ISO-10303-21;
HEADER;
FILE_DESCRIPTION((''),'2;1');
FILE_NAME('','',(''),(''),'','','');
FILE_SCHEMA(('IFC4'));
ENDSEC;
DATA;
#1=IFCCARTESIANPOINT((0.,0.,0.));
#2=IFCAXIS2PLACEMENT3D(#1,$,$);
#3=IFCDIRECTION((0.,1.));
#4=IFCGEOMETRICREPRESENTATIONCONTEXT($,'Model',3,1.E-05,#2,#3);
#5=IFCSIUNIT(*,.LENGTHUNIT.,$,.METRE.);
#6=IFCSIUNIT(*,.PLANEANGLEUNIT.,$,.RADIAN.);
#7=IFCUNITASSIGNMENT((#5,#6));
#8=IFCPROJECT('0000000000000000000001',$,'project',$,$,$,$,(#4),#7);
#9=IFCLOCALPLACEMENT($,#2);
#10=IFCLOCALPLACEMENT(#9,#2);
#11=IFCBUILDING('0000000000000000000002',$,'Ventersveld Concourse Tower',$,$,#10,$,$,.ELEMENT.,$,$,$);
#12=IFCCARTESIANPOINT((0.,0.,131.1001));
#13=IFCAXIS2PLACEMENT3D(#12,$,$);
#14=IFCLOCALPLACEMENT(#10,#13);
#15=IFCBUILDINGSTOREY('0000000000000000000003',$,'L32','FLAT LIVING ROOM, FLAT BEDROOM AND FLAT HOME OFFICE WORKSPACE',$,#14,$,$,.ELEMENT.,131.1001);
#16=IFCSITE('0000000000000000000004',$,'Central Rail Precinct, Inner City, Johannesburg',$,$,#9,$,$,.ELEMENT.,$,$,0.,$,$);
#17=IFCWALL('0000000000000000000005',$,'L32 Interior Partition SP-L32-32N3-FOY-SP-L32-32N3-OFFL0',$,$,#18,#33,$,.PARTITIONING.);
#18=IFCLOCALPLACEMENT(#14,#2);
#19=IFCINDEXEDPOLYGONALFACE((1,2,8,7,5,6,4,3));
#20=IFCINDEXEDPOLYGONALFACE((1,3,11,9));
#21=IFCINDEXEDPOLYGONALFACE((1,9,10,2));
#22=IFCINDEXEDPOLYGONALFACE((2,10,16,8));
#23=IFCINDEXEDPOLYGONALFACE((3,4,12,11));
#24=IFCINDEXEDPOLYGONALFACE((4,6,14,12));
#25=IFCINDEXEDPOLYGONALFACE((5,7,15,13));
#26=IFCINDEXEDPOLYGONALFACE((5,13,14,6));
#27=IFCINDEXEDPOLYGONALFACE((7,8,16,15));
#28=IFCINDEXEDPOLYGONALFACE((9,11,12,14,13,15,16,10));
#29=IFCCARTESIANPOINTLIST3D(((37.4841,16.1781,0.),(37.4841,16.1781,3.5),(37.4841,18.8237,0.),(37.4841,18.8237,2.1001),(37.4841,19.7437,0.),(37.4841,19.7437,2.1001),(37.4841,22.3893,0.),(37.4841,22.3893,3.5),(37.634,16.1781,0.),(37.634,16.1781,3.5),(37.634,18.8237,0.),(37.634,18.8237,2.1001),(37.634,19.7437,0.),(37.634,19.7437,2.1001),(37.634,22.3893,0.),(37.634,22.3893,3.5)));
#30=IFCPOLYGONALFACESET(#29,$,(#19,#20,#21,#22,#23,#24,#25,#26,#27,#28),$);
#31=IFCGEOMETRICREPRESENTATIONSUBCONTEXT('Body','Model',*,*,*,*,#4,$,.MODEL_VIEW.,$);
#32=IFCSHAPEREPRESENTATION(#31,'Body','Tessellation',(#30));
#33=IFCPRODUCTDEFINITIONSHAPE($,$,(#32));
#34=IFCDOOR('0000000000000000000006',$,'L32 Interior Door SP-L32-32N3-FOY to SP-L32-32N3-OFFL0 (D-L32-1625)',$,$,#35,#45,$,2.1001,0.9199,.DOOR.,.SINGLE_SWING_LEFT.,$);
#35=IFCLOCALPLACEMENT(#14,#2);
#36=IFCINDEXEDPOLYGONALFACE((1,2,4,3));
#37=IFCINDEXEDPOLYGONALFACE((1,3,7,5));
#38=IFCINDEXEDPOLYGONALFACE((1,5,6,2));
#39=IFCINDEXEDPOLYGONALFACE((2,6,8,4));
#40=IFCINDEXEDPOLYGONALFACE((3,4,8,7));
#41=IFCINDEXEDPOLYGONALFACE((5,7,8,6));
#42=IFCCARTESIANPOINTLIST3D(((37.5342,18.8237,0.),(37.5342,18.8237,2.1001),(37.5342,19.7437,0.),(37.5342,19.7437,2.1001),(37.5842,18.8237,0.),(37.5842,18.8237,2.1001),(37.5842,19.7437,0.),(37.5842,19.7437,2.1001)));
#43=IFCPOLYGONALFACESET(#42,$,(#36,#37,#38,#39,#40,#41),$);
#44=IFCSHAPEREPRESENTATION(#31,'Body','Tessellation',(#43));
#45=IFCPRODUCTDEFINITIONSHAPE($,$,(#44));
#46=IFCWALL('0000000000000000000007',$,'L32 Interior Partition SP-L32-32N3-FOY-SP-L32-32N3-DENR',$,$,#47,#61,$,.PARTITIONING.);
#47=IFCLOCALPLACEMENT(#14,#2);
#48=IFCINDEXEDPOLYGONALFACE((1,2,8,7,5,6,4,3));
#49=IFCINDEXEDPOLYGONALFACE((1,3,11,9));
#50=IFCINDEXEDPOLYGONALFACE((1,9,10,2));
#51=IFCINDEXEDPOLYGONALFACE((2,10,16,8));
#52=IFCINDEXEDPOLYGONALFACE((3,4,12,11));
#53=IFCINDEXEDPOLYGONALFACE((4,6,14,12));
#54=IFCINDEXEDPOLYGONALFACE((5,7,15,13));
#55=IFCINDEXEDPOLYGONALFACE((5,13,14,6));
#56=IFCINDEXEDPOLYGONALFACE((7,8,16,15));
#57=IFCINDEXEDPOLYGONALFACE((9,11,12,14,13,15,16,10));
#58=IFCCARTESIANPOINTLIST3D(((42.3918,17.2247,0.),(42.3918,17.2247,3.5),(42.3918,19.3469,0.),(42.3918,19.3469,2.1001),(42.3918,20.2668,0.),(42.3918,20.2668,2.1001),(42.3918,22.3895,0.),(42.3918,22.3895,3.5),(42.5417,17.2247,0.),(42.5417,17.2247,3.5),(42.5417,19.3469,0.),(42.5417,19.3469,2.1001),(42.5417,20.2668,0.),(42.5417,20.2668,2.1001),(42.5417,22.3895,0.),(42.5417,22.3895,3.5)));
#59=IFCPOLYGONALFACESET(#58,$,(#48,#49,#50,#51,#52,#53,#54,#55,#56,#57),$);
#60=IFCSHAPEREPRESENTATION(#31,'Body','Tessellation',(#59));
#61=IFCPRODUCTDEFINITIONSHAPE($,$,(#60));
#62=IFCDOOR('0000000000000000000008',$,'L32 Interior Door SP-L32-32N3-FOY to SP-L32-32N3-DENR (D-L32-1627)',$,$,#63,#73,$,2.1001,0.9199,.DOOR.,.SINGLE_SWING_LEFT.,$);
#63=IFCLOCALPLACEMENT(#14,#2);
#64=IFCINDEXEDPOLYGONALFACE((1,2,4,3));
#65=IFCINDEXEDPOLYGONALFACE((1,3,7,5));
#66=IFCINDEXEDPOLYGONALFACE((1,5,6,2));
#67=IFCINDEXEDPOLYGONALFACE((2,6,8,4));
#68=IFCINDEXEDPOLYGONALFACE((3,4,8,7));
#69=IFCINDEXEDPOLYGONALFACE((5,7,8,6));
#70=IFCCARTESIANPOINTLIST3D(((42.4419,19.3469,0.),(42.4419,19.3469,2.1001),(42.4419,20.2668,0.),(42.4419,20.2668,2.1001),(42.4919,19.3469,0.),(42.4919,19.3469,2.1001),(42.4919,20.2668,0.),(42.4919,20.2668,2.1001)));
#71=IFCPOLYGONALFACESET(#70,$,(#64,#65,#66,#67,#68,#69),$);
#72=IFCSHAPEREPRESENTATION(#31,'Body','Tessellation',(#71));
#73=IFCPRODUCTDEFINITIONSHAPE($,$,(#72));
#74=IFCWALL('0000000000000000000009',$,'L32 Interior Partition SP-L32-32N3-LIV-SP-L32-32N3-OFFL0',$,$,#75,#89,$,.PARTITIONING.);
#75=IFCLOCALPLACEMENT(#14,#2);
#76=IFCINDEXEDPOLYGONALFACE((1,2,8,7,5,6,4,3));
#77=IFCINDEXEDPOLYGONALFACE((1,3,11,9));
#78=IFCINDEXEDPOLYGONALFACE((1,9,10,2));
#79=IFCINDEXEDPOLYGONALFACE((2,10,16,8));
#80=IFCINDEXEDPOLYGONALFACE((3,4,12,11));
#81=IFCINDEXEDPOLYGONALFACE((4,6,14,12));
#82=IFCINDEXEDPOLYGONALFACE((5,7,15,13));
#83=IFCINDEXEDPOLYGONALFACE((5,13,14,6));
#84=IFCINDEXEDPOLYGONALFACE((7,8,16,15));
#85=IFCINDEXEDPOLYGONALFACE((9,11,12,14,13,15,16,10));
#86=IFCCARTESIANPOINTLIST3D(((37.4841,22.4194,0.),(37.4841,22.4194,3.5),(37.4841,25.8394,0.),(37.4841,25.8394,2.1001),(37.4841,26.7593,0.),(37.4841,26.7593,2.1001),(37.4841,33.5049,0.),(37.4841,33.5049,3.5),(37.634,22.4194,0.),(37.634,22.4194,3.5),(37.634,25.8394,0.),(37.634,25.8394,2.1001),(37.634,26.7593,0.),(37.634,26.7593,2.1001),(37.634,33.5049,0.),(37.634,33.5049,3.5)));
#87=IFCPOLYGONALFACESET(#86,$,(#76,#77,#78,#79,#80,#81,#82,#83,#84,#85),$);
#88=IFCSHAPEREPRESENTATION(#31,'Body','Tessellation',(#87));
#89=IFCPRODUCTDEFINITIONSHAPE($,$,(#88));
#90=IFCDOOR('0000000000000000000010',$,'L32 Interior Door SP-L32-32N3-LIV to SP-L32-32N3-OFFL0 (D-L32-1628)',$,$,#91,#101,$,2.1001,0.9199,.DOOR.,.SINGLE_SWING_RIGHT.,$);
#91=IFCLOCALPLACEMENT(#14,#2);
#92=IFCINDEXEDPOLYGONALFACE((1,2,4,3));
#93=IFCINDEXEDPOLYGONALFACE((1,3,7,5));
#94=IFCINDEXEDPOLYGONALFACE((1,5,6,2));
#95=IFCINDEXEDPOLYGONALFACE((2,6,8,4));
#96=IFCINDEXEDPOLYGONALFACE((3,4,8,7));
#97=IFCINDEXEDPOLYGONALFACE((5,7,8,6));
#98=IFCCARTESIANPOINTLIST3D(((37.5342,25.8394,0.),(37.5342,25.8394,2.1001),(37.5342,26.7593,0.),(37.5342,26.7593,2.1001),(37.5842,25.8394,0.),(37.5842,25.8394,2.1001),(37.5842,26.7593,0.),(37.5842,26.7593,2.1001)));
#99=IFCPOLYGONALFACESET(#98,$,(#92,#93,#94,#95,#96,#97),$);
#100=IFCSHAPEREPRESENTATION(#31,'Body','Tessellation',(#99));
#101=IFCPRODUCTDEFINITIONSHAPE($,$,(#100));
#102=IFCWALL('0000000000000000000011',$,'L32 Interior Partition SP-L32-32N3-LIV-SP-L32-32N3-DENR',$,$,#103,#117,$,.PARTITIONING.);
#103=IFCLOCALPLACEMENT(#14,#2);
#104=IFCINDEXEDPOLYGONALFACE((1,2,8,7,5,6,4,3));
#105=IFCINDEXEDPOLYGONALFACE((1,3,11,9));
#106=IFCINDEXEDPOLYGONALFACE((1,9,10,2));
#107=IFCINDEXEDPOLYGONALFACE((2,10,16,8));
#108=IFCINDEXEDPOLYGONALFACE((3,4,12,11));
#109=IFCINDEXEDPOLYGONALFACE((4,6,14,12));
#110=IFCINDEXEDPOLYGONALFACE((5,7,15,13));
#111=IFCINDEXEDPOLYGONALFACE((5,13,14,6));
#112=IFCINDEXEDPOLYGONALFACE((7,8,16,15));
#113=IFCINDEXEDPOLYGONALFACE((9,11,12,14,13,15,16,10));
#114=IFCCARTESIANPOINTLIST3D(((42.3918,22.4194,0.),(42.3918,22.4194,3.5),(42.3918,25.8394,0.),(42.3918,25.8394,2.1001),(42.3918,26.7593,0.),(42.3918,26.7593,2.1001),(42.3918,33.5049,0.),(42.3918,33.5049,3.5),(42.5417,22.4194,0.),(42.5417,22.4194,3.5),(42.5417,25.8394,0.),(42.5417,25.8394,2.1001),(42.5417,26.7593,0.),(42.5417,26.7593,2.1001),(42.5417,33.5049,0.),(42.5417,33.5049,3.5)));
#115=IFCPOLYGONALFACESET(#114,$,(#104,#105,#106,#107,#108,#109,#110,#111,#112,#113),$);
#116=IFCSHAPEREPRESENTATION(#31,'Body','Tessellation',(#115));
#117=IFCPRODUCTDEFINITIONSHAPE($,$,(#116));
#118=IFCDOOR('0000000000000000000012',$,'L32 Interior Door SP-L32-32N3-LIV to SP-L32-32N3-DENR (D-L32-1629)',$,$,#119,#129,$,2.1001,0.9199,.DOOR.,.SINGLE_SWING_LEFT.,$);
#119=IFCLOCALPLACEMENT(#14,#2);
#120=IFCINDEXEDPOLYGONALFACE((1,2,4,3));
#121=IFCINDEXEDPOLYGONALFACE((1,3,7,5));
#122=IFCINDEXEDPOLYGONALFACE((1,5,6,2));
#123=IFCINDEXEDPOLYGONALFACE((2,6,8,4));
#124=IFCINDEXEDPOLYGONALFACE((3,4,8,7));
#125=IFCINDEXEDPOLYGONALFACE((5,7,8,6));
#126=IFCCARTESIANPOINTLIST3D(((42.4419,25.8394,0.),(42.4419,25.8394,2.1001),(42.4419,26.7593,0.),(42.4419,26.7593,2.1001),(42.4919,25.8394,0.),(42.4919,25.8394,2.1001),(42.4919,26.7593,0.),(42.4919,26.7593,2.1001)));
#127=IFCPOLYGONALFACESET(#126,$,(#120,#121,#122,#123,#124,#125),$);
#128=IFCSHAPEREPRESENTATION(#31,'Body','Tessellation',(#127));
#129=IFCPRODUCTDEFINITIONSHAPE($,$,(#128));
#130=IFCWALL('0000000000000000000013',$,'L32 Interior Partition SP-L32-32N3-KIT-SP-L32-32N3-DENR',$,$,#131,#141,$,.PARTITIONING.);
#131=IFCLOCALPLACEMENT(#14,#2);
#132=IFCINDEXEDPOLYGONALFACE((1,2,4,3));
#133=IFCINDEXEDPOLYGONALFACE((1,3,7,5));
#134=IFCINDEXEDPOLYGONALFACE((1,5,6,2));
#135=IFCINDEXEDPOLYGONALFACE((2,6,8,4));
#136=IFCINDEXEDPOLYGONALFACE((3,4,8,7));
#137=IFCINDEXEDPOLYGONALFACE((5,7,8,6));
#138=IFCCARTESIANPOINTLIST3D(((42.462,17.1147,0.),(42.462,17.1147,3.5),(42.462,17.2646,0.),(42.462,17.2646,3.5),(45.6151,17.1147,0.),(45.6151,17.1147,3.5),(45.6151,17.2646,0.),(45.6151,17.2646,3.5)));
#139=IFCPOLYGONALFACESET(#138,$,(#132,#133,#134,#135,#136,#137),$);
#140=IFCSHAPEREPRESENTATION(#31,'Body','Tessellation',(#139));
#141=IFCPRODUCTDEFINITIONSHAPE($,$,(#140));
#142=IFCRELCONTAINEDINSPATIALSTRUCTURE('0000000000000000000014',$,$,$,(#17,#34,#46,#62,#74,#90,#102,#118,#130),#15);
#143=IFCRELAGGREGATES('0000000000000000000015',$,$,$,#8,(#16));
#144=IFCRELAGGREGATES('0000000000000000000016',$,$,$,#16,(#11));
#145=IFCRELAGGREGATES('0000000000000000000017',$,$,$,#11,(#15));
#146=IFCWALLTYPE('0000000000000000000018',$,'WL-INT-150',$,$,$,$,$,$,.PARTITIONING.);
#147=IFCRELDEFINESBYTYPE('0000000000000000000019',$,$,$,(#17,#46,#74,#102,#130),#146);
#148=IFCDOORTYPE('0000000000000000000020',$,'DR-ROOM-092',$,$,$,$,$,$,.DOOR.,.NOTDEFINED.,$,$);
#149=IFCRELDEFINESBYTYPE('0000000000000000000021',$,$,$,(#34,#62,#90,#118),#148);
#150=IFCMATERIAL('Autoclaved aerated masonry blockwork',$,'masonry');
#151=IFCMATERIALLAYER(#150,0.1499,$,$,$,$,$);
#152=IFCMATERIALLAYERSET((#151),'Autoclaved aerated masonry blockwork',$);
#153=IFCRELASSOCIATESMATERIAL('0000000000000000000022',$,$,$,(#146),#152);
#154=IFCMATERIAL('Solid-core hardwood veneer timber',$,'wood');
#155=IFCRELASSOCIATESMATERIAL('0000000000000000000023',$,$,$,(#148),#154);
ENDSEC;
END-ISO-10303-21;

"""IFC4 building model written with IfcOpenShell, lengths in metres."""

from ifc_helpers import new_model, si_unit, direction, frame, frame_2d, origin, place, context, subcontext, project, spatial, rectangle, extrude, material, layer, layer_set, type_object, element, fill, save


model = new_model("IFC4")

# Units and contexts
model_context = context("Model", 3, precision=1e-05, world=origin(), true_north=direction((0.0, 1.0)))
body_context = subcontext(model_context, "Body", "Model", "MODEL_VIEW")
ifc_project = project(units=[si_unit("LENGTHUNIT", "METRE"), si_unit("PLANEANGLEUNIT", "RADIAN")], contexts=[model_context])

# Site, building, storey
site_placement = place(None, origin())
site = spatial("IfcSite", under=ifc_project, at=site_placement, Name="Central Rail Precinct, Inner City, Johannesburg", CompositionType="ELEMENT", RefElevation=0.0)
building_placement = place(site_placement, origin())
building = spatial("IfcBuilding", under=site, at=building_placement, Name="Ventersveld Concourse Tower", CompositionType="ELEMENT")
storey_placement = place(building_placement, frame((0.0, 0.0, 131.1001)))
storey = spatial("IfcBuildingStorey", under=building, at=storey_placement, Name="L32", Description="FLAT LIVING ROOM, FLAT BEDROOM AND FLAT HOME OFFICE WORKSPACE", CompositionType="ELEMENT", Elevation=131.1001)

# Shared definitions
ifc_material_1 = material(Name="Solid-core hardwood veneer timber", Category="wood")

# Walls, openings, doors
ifc_material_2 = material(Name="Autoclaved aerated masonry blockwork", Category="masonry")
ifc_layer_1 = layer(ifc_material_2, 0.1499)
ifc_layer_set_1 = layer_set([ifc_layer_1], Name="Autoclaved aerated masonry blockwork")
wall_type_1 = type_object("IfcWallType", Name="WL-INT-150", PredefinedType="PARTITIONING", material=ifc_layer_set_1)
door_type_1 = type_object("IfcDoorType", Name="DR-ROOM-092", OperationType="NOTDEFINED", PredefinedType="DOOR", material=ifc_material_1)
wall_1_placement = place(storey_placement, frame((37.5591, 16.1782, 0.0), z_axis=(0.0, 0.0, 1.0), x_axis=(0.0, 1.0, 0.0)))
wall_1 = element("IfcWall", 1, at=wall_1_placement, inside=storey, type_object=wall_type_1, Name="L32 Interior Partition SP-L32-32N3-FOY-SP-L32-32N3-OFFL0", PredefinedType="PARTITIONING", context=body_context, shape_type="SweptSolid", body=[
    extrude(rectangle(XDim=6.2112, YDim=0.1499, at=frame_2d((3.1055, 0.0))), origin(), (0.0, 0.0, 1.0), 3.5),
])
opening_1_placement = place(wall_1_placement, frame((2.6455, 0.0, 0.0)))
opening_1 = element("IfcOpeningElement", 2, at=opening_1_placement, cuts=wall_1, PredefinedType="OPENING", context=body_context, shape_type="SweptSolid", body=[
    extrude(rectangle(XDim=0.9199, YDim=2.1001, at=frame_2d((0.46, 1.05))), frame((0.0, 0.085, 0.0), z_axis=(0.0, -1.0, 0.0), x_axis=(1.0, 0.0, 0.0)), (0.0, 0.0, 1.0), 0.1699),
])
door_1_placement = place(opening_1_placement, origin())
door_1 = element("IfcDoor", 3, at=door_1_placement, inside=storey, type_object=door_type_1, Name="L32 Interior Door SP-L32-32N3-FOY to SP-L32-32N3-OFFL0 (D-L32-1625)", OperationType="SINGLE_SWING_LEFT", OverallHeight=2.1001, OverallWidth=0.9199, PredefinedType="DOOR", context=body_context, shape_type="SweptSolid", body=[
    extrude(rectangle(XDim=0.9199, YDim=2.1001, at=frame_2d((0.46, 1.05))), frame((0.0, 0.0249, 0.0), z_axis=(0.0, -1.0, 0.0), x_axis=(1.0, 0.0, 0.0)), (0.0, 0.0, 1.0), 0.05),
])
fill(opening_1, door_1)
wall_2_placement = place(storey_placement, frame((42.4668, 17.2246, 0.0), z_axis=(0.0, 0.0, 1.0), x_axis=(0.0, 1.0, 0.0)))
wall_2 = element("IfcWall", 4, at=wall_2_placement, inside=storey, type_object=wall_type_1, Name="L32 Interior Partition SP-L32-32N3-FOY-SP-L32-32N3-DENR", PredefinedType="PARTITIONING", context=body_context, shape_type="SweptSolid", body=[
    extrude(rectangle(XDim=5.1648, YDim=0.1499, at=frame_2d((2.5825, 0.0))), origin(), (0.0, 0.0, 1.0), 3.5),
])
opening_2_placement = place(wall_2_placement, frame((2.1223, 0.0, 0.0)))
opening_2 = element("IfcOpeningElement", 5, at=opening_2_placement, cuts=wall_2, PredefinedType="OPENING", context=body_context, shape_type="SweptSolid", body=[
    extrude(rectangle(XDim=0.9199, YDim=2.1001, at=frame_2d((0.46, 1.05))), frame((0.0, 0.085, 0.0), z_axis=(0.0, -1.0, 0.0), x_axis=(1.0, 0.0, 0.0)), (0.0, 0.0, 1.0), 0.1699),
])
door_2_placement = place(opening_2_placement, origin())
door_2 = element("IfcDoor", 6, at=door_2_placement, inside=storey, type_object=door_type_1, Name="L32 Interior Door SP-L32-32N3-FOY to SP-L32-32N3-DENR (D-L32-1627)", OperationType="SINGLE_SWING_LEFT", OverallHeight=2.1001, OverallWidth=0.9199, PredefinedType="DOOR", context=body_context, shape_type="SweptSolid", body=[
    extrude(rectangle(XDim=0.9199, YDim=2.1001, at=frame_2d((0.46, 1.05))), frame((0.0, 0.0249, 0.0), z_axis=(0.0, -1.0, 0.0), x_axis=(1.0, 0.0, 0.0)), (0.0, 0.0, 1.0), 0.05),
])
fill(opening_2, door_2)
wall_3_placement = place(storey_placement, frame((37.5591, 22.4194, 0.0), z_axis=(0.0, 0.0, 1.0), x_axis=(0.0, 1.0, 0.0)))
wall_3 = element("IfcWall", 7, at=wall_3_placement, inside=storey, type_object=wall_type_1, Name="L32 Interior Partition SP-L32-32N3-LIV-SP-L32-32N3-OFFL0", PredefinedType="PARTITIONING", context=body_context, shape_type="SweptSolid", body=[
    extrude(rectangle(XDim=11.0854, YDim=0.1499, at=frame_2d((5.5427, 0.0))), origin(), (0.0, 0.0, 1.0), 3.5),
])
opening_3_placement = place(wall_3_placement, frame((3.4199, 0.0, 0.0)))
opening_3 = element("IfcOpeningElement", 8, at=opening_3_placement, cuts=wall_3, PredefinedType="OPENING", context=body_context, shape_type="SweptSolid", body=[
    extrude(rectangle(XDim=0.9199, YDim=2.1001, at=frame_2d((0.46, 1.05))), frame((0.0, 0.085, 0.0), z_axis=(0.0, -1.0, 0.0), x_axis=(1.0, 0.0, 0.0)), (0.0, 0.0, 1.0), 0.1699),
])
door_3_placement = place(opening_3_placement, origin())
door_3 = element("IfcDoor", 9, at=door_3_placement, inside=storey, type_object=door_type_1, Name="L32 Interior Door SP-L32-32N3-LIV to SP-L32-32N3-OFFL0 (D-L32-1628)", OperationType="SINGLE_SWING_RIGHT", OverallHeight=2.1001, OverallWidth=0.9199, PredefinedType="DOOR", context=body_context, shape_type="SweptSolid", body=[
    extrude(rectangle(XDim=0.9199, YDim=2.1001, at=frame_2d((0.46, 1.05))), frame((0.0, 0.0249, 0.0), z_axis=(0.0, -1.0, 0.0), x_axis=(1.0, 0.0, 0.0)), (0.0, 0.0, 1.0), 0.05),
])
fill(opening_3, door_3)
wall_4_placement = place(storey_placement, frame((42.4668, 22.4194, 0.0), z_axis=(0.0, 0.0, 1.0), x_axis=(0.0, 1.0, 0.0)))
wall_4 = element("IfcWall", 10, at=wall_4_placement, inside=storey, type_object=wall_type_1, Name="L32 Interior Partition SP-L32-32N3-LIV-SP-L32-32N3-DENR", PredefinedType="PARTITIONING", context=body_context, shape_type="SweptSolid", body=[
    extrude(rectangle(XDim=11.0854, YDim=0.1499, at=frame_2d((5.5427, 0.0))), origin(), (0.0, 0.0, 1.0), 3.5),
])
opening_4_placement = place(wall_4_placement, frame((3.4199, 0.0, 0.0)))
opening_4 = element("IfcOpeningElement", 11, at=opening_4_placement, cuts=wall_4, PredefinedType="OPENING", context=body_context, shape_type="SweptSolid", body=[
    extrude(rectangle(XDim=0.9199, YDim=2.1001, at=frame_2d((0.46, 1.05))), frame((0.0, 0.085, 0.0), z_axis=(0.0, -1.0, 0.0), x_axis=(1.0, 0.0, 0.0)), (0.0, 0.0, 1.0), 0.1699),
])
door_4_placement = place(opening_4_placement, origin())
door_4 = element("IfcDoor", 12, at=door_4_placement, inside=storey, type_object=door_type_1, Name="L32 Interior Door SP-L32-32N3-LIV to SP-L32-32N3-DENR (D-L32-1629)", OperationType="SINGLE_SWING_LEFT", OverallHeight=2.1001, OverallWidth=0.9199, PredefinedType="DOOR", context=body_context, shape_type="SweptSolid", body=[
    extrude(rectangle(XDim=0.9199, YDim=2.1001, at=frame_2d((0.46, 1.05))), frame((0.0, 0.0249, 0.0), z_axis=(0.0, -1.0, 0.0), x_axis=(1.0, 0.0, 0.0)), (0.0, 0.0, 1.0), 0.05),
])
fill(opening_4, door_4)

# Wall
wall_5_placement = place(storey_placement, frame((42.4619, 17.1897, 0.0), z_axis=(0.0, 0.0, 1.0), x_axis=(1.0, 0.0, 0.0)))
element("IfcWall", 13, at=wall_5_placement, inside=storey, type_object=wall_type_1, Name="L32 Interior Partition SP-L32-32N3-KIT-SP-L32-32N3-DENR", PredefinedType="PARTITIONING", context=body_context, shape_type="SweptSolid", body=[
    extrude(rectangle(XDim=3.1531, YDim=0.1499, at=frame_2d((1.5767, 0.0))), origin(), (0.0, 0.0, 1.0), 3.5),
])

save(model, "model.ifc")
